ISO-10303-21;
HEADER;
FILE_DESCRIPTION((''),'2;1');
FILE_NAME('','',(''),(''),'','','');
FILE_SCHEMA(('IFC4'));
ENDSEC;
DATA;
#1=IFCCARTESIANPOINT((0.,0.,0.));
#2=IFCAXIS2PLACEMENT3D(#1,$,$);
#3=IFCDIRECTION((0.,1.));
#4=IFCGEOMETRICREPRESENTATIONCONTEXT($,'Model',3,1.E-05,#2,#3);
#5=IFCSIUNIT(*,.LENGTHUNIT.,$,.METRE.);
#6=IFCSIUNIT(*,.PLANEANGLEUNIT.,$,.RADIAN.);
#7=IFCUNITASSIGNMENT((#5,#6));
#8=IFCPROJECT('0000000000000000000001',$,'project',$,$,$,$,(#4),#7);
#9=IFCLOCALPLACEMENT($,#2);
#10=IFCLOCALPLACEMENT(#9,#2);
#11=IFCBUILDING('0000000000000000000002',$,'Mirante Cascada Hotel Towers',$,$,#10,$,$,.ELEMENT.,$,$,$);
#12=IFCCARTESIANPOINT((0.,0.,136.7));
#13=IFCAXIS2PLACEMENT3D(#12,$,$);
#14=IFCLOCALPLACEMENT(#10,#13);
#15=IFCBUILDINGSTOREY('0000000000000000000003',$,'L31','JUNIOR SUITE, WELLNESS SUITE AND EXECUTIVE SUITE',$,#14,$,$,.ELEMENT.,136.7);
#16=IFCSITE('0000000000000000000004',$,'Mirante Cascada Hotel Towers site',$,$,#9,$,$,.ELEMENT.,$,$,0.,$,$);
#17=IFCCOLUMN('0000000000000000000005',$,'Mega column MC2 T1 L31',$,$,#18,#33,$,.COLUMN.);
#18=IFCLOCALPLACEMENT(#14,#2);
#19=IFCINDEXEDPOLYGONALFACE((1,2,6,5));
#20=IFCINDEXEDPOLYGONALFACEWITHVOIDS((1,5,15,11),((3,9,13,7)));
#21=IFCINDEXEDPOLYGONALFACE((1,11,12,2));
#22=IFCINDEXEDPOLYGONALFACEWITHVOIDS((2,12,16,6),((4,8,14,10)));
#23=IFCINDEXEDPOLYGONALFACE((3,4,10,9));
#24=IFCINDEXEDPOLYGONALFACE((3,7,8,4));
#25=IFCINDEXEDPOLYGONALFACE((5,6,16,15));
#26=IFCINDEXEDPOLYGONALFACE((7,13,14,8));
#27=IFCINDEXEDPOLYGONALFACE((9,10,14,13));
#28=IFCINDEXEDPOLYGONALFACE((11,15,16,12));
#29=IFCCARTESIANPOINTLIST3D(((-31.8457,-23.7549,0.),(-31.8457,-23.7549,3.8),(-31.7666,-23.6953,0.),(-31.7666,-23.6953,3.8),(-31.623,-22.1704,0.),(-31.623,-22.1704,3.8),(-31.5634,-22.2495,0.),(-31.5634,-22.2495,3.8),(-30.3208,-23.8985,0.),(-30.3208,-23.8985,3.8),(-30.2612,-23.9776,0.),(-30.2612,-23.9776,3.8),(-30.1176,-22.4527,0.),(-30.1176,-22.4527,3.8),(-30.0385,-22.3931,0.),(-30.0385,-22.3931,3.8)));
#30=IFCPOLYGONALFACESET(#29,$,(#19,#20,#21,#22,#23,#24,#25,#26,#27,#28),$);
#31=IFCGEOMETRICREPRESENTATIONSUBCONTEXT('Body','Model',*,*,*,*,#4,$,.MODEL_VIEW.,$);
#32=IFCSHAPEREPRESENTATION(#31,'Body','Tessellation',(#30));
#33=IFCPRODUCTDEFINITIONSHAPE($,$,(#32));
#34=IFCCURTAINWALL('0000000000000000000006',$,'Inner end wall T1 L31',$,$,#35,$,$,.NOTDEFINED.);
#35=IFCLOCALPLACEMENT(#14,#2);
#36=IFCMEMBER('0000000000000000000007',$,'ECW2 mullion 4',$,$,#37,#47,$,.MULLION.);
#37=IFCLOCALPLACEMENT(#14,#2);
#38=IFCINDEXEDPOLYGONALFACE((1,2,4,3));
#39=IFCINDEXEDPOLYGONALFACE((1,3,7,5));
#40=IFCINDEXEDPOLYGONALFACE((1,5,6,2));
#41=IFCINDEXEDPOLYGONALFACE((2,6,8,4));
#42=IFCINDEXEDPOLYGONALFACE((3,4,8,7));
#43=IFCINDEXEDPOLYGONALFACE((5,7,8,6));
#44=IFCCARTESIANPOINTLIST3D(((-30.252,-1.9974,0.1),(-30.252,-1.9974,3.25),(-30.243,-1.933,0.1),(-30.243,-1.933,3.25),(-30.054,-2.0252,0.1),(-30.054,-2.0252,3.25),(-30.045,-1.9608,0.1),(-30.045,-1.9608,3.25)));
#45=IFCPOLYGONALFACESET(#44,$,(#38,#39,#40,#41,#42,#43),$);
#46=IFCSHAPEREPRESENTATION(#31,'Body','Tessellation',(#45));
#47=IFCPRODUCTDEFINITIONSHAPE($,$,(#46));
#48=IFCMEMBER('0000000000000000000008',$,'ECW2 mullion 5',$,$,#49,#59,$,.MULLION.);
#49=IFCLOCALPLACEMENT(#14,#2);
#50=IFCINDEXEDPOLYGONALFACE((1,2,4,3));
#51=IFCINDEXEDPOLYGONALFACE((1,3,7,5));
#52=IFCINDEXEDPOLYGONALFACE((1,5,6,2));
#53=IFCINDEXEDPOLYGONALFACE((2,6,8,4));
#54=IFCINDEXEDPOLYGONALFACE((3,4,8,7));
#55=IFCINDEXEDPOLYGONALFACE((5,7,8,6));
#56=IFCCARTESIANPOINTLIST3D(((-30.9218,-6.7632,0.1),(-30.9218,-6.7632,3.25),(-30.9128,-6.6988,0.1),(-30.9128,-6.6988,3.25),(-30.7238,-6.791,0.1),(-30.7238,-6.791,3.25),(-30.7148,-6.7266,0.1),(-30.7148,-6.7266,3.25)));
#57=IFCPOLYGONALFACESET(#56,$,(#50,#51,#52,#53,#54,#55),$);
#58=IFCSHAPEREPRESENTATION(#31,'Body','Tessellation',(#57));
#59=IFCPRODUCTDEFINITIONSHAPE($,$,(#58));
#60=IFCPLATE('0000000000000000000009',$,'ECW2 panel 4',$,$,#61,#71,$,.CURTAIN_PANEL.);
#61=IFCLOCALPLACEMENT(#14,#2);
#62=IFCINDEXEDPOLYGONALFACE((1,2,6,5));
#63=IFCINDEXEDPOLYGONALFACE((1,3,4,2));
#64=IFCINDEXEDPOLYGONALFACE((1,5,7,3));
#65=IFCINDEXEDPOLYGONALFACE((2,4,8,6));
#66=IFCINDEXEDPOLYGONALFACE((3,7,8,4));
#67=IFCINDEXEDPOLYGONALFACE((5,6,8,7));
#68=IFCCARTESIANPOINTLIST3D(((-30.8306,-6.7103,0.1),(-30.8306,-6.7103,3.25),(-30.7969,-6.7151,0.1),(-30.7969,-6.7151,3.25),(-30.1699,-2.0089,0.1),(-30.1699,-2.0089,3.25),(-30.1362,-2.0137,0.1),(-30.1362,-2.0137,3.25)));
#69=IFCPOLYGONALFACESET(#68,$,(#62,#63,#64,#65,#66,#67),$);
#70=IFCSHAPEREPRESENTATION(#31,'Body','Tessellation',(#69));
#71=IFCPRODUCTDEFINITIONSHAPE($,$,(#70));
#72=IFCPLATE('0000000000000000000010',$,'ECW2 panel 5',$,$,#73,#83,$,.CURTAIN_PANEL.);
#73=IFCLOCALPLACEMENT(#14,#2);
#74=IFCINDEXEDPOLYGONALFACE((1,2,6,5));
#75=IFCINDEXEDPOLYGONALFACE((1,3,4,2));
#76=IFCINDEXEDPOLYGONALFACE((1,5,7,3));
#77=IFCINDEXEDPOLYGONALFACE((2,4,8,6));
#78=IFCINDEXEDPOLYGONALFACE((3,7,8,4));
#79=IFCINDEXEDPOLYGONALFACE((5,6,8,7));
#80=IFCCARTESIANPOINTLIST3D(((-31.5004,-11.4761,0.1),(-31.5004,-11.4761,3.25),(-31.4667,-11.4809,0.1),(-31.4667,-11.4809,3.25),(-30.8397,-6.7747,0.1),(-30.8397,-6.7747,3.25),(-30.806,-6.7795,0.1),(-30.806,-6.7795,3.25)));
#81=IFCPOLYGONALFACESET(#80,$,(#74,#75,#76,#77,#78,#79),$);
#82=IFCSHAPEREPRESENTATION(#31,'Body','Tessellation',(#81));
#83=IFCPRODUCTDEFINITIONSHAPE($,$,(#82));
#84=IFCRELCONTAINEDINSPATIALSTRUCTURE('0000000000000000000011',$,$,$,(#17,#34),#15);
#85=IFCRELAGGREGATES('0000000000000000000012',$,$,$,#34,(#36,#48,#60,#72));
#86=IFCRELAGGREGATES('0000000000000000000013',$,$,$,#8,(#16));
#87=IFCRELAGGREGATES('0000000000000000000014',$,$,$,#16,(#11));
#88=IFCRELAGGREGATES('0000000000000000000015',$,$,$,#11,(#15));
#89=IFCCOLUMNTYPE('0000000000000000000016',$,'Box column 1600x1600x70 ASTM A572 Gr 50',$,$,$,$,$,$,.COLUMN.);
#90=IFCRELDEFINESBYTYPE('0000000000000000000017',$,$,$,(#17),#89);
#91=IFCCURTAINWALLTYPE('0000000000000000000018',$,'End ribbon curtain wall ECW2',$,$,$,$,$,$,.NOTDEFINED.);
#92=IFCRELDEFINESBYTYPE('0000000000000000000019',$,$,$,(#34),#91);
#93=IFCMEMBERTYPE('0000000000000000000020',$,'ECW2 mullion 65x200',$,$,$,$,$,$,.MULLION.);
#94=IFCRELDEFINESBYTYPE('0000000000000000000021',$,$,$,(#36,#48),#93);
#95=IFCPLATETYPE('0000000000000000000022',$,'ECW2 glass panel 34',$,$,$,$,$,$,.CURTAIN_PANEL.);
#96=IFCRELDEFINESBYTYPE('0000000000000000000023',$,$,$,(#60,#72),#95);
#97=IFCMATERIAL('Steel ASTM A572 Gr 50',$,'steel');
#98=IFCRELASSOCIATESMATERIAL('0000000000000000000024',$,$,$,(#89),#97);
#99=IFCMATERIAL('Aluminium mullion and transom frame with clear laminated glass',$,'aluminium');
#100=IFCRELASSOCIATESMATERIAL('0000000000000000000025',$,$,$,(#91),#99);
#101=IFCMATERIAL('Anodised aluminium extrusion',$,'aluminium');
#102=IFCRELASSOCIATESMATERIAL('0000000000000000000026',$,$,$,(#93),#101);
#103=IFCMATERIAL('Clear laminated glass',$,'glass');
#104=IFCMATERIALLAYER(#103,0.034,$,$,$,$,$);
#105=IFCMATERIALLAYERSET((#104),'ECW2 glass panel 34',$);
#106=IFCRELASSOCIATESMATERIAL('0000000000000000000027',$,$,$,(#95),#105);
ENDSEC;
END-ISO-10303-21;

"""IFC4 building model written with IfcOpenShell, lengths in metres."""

from ifc_helpers import new_model, si_unit, direction, frame, origin, origin_2d, place, context, subcontext, project, spatial, rectangle, hollow_rectangle, extrude, material, layer, layer_set, material_profile, profile_set, type_object, element, aggregate, save


model = new_model("IFC4")

# Units and contexts
model_context = context("Model", 3, precision=1e-05, world=origin(), true_north=direction((0.0, 1.0)))
body_context = subcontext(model_context, "Body", "Model", "MODEL_VIEW")
ifc_project = project(units=[si_unit("LENGTHUNIT", "METRE"), si_unit("PLANEANGLEUNIT", "RADIAN")], contexts=[model_context])

# Site, building, storey
site_placement = place(None, origin())
site = spatial("IfcSite", under=ifc_project, at=site_placement, Name="Mirante Cascada Hotel Towers site", CompositionType="ELEMENT", RefElevation=0.0)
building_placement = place(site_placement, origin())
building = spatial("IfcBuilding", under=site, at=building_placement, Name="Mirante Cascada Hotel Towers", CompositionType="ELEMENT")
storey_placement = place(building_placement, frame((0.0, 0.0, 136.7)))
storey = spatial("IfcBuildingStorey", under=building, at=storey_placement, Name="L31", Description="JUNIOR SUITE, WELLNESS SUITE AND EXECUTIVE SUITE", CompositionType="ELEMENT", Elevation=136.7)

# Column
ifc_material_1 = material(Name="Steel ASTM A572 Gr 50", Category="steel")
ifc_material_profile_1 = material_profile(ifc_material_1, hollow_rectangle(XDim=1.6, YDim=1.6, WallThickness=0.07, at=origin_2d()), Name="Box column 1600x1600x70 ASTM A572 Gr 50")
ifc_profile_set_1 = profile_set([ifc_material_profile_1], Name="Steel ASTM A572 Gr 50")
column_type = type_object("IfcColumnType", Name="Box column 1600x1600x70 ASTM A572 Gr 50", PredefinedType="COLUMN", material=ifc_profile_set_1)
column_placement = place(storey_placement, frame((-30.9421, -23.074, 0.0), z_axis=(0.0, 0.0, 1.0), x_axis=(-0.990268, 0.139173, 0.0)))
element("IfcColumn", 1, at=column_placement, inside=storey, type_object=column_type, Name="Mega column MC2 T1 L31", PredefinedType="COLUMN", context=body_context, shape_type="SweptSolid", body=[
    extrude(hollow_rectangle(XDim=1.6, YDim=1.6, WallThickness=0.07, at=origin_2d()), origin(), (0.0, 0.0, 1.0), 3.8),
])

# Curtain wall, members, plates
ifc_material_2 = material(Name="Aluminium mullion and transom frame with clear laminated glass", Category="aluminium")
curtain_wall_type = type_object("IfcCurtainWallType", Name="End ribbon curtain wall ECW2", PredefinedType="NOTDEFINED", material=ifc_material_2)
curtain_wall_placement = place(storey_placement, origin())
curtain_wall = element("IfcCurtainWall", 2, at=curtain_wall_placement, inside=storey, type_object=curtain_wall_type, Name="Inner end wall T1 L31", PredefinedType="NOTDEFINED")
ifc_material_3 = material(Name="Anodised aluminium extrusion", Category="aluminium")
ifc_material_profile_2 = material_profile(ifc_material_3, rectangle(XDim=0.2, YDim=0.065, at=origin_2d()), Name="ECW2 MULLION 65x200")
ifc_profile_set_2 = profile_set([ifc_material_profile_2], Name="Anodised aluminium extrusion")
member_type = type_object("IfcMemberType", Name="ECW2 mullion 65x200", PredefinedType="MULLION", material=ifc_profile_set_2)
member_1_placement = place(storey_placement, frame((-30.1485, -1.9791, 0.1), z_axis=(0.0, 0.0, 1.0), x_axis=(0.990268, -0.139173, 0.0)))
member_1 = element("IfcMember", 3, at=member_1_placement, type_object=member_type, Name="ECW2 mullion 4", PredefinedType="MULLION", context=body_context, shape_type="SweptSolid", body=[
    extrude(rectangle(XDim=0.2, YDim=0.065, at=origin_2d()), origin(), (0.0, 0.0, 1.0), 3.15),
])
member_2_placement = place(storey_placement, frame((-30.8183, -6.7449, 0.1), z_axis=(0.0, 0.0, 1.0), x_axis=(0.990268, -0.139173, 0.0)))
member_2 = element("IfcMember", 4, at=member_2_placement, type_object=member_type, Name="ECW2 mullion 5", PredefinedType="MULLION", context=body_context, shape_type="SweptSolid", body=[
    extrude(rectangle(XDim=0.2, YDim=0.065, at=origin_2d()), origin(), (0.0, 0.0, 1.0), 3.15),
])
ifc_material_4 = material(Name="Clear laminated glass", Category="glass")
ifc_layer_1 = layer(ifc_material_4, 0.034)
ifc_layer_set_1 = layer_set([ifc_layer_1], Name="ECW2 glass panel 34")
plate_type = type_object("IfcPlateType", Name="ECW2 glass panel 34", PredefinedType="CURTAIN_PANEL", material=ifc_layer_set_1)
plate_1_placement = place(storey_placement, frame((-30.4834, -4.362, 0.1), z_axis=(0.0, 0.0, 1.0), x_axis=(-0.139173, -0.990268, 0.0)))
plate_1 = element("IfcPlate", 5, at=plate_1_placement, type_object=plate_type, Name="ECW2 panel 4", PredefinedType="CURTAIN_PANEL", context=body_context, shape_type="SweptSolid", body=[
    extrude(rectangle(XDim=4.7476, YDim=0.034, at=origin_2d()), origin(), (0.0, 0.0, 1.0), 3.15),
])
plate_2_placement = place(storey_placement, frame((-31.1532, -9.1278, 0.1), z_axis=(0.0, 0.0, 1.0), x_axis=(-0.139173, -0.990268, 0.0)))
plate_2 = element("IfcPlate", 6, at=plate_2_placement, type_object=plate_type, Name="ECW2 panel 5", PredefinedType="CURTAIN_PANEL", context=body_context, shape_type="SweptSolid", body=[
    extrude(rectangle(XDim=4.7476, YDim=0.034, at=origin_2d()), origin(), (0.0, 0.0, 1.0), 3.15),
])
aggregate(curtain_wall, [member_1, member_2, plate_1, plate_2])

save(model, "model.ifc")
